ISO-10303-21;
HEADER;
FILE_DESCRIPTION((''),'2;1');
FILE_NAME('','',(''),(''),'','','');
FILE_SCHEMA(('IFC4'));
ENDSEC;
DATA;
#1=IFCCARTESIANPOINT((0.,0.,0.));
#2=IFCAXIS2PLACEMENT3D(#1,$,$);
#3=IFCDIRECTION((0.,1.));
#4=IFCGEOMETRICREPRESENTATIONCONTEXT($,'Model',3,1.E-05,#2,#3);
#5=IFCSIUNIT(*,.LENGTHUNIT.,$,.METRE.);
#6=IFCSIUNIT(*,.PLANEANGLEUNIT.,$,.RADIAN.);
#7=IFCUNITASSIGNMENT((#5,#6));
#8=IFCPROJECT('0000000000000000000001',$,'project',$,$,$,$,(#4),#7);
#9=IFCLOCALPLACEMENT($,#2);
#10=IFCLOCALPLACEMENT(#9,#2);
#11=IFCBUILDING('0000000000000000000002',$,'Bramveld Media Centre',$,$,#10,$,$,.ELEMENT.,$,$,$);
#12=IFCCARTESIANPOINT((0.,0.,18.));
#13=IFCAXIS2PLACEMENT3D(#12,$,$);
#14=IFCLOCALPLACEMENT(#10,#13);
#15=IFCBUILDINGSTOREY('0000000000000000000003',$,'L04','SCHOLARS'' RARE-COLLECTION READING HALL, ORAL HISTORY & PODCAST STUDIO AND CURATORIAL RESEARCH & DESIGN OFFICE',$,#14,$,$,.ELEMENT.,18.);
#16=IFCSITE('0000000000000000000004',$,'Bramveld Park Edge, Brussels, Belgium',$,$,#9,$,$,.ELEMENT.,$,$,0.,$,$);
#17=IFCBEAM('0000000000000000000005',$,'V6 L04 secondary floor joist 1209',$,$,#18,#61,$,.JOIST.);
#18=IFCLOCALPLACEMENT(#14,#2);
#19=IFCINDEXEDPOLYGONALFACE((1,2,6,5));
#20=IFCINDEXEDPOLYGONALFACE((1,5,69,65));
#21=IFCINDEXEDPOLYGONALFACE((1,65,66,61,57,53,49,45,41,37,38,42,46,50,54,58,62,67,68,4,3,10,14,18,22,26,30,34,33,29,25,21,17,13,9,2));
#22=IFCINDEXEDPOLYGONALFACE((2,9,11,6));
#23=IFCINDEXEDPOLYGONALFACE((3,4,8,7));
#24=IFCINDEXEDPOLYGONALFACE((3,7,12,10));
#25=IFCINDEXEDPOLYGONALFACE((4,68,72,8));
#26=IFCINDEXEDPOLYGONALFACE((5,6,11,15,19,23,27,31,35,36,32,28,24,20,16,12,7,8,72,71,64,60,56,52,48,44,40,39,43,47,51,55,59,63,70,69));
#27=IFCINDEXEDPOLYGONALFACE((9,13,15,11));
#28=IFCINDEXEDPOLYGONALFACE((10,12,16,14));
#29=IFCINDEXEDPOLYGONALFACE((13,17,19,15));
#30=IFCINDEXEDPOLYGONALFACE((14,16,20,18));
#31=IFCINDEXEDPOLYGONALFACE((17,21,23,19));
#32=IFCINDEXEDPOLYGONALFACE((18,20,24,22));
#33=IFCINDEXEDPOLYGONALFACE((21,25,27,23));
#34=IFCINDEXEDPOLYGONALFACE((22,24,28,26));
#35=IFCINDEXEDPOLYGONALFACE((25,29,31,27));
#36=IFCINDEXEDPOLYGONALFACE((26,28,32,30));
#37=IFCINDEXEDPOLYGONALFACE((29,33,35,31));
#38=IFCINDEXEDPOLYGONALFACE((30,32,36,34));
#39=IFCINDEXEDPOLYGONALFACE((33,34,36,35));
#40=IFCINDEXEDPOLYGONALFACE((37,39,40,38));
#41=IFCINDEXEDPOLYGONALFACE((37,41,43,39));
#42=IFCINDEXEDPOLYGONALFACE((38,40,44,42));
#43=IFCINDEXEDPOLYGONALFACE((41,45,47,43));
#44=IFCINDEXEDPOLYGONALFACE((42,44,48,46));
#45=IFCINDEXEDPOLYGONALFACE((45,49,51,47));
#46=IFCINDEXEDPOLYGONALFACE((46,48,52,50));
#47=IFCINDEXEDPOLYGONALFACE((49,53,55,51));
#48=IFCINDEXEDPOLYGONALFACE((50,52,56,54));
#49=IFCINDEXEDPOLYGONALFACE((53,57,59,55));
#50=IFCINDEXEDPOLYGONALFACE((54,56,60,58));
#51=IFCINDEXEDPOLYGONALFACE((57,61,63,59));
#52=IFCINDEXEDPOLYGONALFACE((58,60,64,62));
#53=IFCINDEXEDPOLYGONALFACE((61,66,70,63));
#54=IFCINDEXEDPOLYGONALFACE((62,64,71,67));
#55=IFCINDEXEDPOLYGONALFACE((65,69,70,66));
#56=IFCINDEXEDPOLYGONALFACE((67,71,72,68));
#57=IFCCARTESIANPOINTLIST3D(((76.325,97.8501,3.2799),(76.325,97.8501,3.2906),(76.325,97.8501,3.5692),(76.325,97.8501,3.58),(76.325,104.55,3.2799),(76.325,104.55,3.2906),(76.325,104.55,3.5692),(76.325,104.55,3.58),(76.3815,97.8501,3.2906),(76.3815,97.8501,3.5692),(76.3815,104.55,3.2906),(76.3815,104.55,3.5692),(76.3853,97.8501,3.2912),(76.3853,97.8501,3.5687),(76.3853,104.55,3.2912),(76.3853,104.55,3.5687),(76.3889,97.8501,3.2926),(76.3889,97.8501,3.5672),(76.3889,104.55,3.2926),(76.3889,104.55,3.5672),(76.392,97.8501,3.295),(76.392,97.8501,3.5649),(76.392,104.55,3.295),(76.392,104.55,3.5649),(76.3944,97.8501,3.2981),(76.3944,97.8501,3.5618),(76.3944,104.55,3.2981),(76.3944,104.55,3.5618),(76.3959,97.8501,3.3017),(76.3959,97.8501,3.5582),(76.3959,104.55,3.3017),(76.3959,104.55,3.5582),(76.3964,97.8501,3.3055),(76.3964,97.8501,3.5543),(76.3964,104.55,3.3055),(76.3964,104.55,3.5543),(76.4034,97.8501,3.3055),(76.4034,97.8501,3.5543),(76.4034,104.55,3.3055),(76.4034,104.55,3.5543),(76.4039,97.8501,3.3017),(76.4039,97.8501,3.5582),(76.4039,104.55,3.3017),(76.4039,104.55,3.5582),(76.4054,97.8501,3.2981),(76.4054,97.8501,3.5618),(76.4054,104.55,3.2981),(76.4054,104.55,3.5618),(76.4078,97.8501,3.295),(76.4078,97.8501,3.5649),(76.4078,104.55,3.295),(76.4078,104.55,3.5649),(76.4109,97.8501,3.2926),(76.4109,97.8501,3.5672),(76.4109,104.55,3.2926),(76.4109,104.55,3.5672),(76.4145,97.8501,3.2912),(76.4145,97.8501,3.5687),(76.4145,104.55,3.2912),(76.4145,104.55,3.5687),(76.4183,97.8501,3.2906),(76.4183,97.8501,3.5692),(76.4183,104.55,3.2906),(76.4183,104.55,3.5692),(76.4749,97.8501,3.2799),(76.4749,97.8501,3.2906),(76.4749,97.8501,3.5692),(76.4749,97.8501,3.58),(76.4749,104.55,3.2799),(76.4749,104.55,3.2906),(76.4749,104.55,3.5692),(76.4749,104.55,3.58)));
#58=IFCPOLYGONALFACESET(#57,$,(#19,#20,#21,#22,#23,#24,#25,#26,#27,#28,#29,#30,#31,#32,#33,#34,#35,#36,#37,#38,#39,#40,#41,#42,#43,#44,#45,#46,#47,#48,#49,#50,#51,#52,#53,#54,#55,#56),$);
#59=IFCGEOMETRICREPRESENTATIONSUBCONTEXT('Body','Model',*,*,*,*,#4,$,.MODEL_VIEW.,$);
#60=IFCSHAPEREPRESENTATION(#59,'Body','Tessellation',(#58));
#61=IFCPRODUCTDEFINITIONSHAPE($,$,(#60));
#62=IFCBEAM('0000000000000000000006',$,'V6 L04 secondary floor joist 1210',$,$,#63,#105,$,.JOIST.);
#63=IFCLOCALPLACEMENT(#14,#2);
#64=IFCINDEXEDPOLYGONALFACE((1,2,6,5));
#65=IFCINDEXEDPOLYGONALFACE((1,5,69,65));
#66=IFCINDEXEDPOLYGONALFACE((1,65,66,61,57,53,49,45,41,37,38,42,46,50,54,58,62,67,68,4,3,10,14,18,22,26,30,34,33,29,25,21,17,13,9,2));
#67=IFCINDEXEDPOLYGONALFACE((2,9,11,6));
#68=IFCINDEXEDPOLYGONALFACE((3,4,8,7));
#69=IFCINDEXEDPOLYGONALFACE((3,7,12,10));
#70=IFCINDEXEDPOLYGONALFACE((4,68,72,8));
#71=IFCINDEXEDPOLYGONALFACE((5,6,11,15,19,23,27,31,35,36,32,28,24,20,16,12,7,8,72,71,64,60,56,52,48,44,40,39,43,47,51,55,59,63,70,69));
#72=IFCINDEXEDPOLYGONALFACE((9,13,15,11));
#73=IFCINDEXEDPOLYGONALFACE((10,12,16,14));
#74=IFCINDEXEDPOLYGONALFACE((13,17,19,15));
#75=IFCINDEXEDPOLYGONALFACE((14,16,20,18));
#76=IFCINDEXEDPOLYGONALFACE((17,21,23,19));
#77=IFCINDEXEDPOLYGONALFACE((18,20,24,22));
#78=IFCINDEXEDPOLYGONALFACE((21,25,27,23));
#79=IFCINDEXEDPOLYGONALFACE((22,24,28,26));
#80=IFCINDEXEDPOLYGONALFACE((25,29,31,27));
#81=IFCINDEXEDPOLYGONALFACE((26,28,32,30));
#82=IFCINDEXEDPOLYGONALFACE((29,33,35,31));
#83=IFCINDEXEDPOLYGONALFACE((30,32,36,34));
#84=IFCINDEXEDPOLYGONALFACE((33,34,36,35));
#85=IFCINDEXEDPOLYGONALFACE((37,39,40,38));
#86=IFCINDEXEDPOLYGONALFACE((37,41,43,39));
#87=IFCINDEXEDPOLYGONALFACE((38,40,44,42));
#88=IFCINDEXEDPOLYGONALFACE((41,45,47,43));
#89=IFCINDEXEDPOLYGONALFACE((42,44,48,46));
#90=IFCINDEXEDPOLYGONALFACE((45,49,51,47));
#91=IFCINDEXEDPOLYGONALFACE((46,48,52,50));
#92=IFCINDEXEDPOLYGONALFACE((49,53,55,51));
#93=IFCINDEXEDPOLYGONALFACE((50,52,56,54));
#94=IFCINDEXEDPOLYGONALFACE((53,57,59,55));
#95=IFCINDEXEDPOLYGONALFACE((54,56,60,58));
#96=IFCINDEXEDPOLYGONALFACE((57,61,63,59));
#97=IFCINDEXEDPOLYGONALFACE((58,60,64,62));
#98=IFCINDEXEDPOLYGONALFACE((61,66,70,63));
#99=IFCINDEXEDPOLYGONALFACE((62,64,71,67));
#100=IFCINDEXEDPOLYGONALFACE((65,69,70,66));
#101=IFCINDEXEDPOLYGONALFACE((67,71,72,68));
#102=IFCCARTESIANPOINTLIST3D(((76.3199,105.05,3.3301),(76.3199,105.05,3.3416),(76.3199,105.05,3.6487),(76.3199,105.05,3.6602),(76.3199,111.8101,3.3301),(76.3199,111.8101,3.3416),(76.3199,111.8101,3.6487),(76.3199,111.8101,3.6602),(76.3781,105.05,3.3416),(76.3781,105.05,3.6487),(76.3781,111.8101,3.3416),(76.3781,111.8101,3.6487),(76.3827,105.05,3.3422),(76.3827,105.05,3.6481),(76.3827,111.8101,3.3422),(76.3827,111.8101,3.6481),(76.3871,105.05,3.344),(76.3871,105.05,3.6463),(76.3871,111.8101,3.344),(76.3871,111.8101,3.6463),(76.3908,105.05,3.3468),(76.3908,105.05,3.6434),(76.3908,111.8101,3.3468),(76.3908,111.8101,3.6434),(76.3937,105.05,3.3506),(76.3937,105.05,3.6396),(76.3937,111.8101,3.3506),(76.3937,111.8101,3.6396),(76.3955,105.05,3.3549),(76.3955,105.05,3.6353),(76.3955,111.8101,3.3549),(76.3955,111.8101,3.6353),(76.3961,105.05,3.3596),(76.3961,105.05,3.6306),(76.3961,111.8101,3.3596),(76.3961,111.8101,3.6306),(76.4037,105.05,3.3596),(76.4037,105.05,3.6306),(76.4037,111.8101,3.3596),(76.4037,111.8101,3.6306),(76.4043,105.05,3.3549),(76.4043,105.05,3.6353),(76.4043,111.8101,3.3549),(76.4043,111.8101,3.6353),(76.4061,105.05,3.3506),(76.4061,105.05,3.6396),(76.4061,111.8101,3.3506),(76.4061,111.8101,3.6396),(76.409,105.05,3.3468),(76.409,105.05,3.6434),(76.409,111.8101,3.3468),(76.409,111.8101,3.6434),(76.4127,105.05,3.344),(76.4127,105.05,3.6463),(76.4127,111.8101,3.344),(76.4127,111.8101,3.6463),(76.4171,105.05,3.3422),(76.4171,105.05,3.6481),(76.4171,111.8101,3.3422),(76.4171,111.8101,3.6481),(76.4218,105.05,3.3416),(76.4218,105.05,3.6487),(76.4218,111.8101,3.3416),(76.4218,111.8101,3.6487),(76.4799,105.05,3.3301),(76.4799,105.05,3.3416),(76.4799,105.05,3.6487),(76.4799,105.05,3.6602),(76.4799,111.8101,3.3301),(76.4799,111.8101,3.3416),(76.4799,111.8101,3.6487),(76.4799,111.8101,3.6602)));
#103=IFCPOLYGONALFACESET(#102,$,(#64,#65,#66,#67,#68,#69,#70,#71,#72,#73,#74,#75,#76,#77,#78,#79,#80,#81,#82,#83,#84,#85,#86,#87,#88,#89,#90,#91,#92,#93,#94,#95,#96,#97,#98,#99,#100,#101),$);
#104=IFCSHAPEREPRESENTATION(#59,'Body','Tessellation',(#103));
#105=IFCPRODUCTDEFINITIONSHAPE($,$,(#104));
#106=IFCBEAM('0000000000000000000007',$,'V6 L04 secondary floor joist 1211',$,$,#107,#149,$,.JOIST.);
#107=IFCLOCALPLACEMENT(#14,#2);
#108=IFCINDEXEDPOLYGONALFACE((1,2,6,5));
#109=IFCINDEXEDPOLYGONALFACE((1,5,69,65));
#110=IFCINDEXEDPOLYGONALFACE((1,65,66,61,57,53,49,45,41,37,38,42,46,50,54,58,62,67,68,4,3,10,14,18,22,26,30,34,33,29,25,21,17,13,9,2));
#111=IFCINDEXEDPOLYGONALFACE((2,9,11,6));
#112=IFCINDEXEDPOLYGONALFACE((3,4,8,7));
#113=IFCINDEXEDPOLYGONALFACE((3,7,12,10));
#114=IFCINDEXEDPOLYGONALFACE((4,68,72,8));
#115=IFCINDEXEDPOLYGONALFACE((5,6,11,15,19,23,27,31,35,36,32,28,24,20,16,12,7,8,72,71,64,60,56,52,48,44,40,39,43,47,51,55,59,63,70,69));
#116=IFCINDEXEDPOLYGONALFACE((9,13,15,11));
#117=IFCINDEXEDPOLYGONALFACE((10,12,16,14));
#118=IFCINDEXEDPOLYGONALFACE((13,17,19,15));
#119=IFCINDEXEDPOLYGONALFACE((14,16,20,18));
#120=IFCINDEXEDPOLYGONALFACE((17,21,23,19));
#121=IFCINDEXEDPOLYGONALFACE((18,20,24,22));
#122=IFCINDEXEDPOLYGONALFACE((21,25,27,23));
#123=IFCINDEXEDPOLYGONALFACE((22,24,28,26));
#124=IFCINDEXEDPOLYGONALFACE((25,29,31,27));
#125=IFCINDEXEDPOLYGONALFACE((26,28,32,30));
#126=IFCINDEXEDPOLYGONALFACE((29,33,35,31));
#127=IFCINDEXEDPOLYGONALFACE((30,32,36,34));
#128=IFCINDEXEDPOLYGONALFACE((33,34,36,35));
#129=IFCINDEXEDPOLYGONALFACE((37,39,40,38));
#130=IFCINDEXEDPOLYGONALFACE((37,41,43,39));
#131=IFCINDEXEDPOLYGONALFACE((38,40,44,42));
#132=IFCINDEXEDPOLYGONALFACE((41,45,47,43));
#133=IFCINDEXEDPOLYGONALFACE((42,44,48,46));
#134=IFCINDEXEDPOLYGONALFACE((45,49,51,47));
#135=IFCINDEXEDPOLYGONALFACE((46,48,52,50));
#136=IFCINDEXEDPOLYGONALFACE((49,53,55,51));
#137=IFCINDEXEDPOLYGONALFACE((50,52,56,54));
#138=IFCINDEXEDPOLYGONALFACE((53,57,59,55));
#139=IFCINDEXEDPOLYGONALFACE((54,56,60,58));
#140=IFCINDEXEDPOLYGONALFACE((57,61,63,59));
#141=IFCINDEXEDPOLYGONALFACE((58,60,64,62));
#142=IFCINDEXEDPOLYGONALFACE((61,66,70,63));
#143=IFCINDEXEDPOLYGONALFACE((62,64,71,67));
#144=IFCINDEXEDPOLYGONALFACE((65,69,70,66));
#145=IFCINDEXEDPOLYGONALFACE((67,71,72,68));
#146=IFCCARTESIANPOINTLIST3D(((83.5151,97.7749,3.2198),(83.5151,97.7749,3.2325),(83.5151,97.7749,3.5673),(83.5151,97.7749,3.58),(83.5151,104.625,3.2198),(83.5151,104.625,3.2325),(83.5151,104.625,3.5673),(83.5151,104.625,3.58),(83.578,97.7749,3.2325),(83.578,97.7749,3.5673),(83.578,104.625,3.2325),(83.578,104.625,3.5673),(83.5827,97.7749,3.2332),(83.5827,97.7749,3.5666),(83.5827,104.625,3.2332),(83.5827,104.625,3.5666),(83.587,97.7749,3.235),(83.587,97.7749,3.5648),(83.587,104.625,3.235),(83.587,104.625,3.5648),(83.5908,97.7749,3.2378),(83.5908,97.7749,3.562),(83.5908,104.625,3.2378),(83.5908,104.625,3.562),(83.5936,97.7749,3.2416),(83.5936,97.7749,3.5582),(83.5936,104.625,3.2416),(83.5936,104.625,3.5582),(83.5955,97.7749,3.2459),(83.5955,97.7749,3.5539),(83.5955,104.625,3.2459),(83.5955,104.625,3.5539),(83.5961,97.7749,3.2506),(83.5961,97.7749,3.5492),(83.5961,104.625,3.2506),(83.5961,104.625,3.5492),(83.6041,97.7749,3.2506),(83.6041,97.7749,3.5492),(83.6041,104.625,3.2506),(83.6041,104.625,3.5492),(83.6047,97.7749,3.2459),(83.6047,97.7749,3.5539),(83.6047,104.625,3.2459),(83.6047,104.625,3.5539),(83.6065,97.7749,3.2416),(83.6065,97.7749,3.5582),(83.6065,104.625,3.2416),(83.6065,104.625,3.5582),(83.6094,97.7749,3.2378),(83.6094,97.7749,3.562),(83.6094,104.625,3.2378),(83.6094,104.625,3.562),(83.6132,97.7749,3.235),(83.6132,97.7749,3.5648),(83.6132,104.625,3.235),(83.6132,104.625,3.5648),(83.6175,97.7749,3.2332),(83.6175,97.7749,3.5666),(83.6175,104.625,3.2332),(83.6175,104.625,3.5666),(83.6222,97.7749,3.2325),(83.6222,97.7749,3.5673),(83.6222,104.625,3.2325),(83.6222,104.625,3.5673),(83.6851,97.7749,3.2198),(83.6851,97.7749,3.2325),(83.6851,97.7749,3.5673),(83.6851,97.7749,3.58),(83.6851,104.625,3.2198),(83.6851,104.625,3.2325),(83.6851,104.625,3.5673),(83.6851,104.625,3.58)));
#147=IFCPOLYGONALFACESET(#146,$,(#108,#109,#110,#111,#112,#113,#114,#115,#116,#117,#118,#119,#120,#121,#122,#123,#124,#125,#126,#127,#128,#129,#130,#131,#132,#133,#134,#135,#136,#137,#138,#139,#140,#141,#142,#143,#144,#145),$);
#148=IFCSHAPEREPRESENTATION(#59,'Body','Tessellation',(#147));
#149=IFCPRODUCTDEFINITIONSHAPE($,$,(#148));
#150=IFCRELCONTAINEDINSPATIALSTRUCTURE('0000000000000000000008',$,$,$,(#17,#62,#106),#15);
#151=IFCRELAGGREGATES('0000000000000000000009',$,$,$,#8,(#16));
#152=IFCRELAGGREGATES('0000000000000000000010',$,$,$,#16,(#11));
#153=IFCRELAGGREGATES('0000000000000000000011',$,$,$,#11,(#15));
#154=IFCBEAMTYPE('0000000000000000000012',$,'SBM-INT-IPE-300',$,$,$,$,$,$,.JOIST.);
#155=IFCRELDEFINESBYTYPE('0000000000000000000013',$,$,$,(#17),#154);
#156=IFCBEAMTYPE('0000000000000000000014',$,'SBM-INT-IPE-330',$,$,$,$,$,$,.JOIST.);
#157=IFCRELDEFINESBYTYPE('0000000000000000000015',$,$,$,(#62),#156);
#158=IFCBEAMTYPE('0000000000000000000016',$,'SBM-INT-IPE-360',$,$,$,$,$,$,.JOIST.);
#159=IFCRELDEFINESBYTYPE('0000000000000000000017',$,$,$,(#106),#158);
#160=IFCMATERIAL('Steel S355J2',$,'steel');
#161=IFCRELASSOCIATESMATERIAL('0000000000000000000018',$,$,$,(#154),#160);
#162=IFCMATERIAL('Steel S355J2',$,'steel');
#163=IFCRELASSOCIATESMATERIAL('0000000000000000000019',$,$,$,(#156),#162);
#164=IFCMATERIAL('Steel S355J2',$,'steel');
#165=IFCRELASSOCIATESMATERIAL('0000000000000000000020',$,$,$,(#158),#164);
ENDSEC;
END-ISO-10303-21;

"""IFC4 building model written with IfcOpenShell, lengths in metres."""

from ifc_helpers import new_model, si_unit, direction, frame, origin, origin_2d, place, context, subcontext, project, spatial, i_section, extrude, material, material_profile, profile_set, type_object, element, save


model = new_model("IFC4")

# Units and contexts
model_context = context("Model", 3, precision=1e-05, world=origin(), true_north=direction((0.0, 1.0)))
body_context = subcontext(model_context, "Body", "Model", "MODEL_VIEW")
ifc_project = project(units=[si_unit("LENGTHUNIT", "METRE"), si_unit("PLANEANGLEUNIT", "RADIAN")], contexts=[model_context])

# Site, building, storey
site_placement = place(None, origin())
site = spatial("IfcSite", under=ifc_project, at=site_placement, Name="Bramveld Park Edge, Brussels, Belgium", CompositionType="ELEMENT", RefElevation=0.0)
building_placement = place(site_placement, origin())
building = spatial("IfcBuilding", under=site, at=building_placement, Name="Bramveld Media Centre", CompositionType="ELEMENT")
storey_placement = place(building_placement, frame((0.0, 0.0, 18.0)))
storey = spatial("IfcBuildingStorey", under=building, at=storey_placement, Name="L04", Description="SCHOLARS' RARE-COLLECTION READING HALL, ORAL HISTORY & PODCAST STUDIO AND CURATORIAL RESEARCH & DESIGN OFFICE", CompositionType="ELEMENT", Elevation=18.0)

# Beams
ifc_material_1 = material(Name="Steel S355J2", Category="steel")
ifc_material_profile_1 = material_profile(ifc_material_1, i_section(OverallWidth=0.1499, OverallDepth=0.3, WebThickness=0.0071, FlangeThickness=0.0107, FilletRadius=0.0149, at=origin_2d()), Name="IPE 300")
ifc_profile_set_1 = profile_set([ifc_material_profile_1], Name="Steel S355J2")
beam_type_1 = type_object("IfcBeamType", Name="SBM-INT-IPE-300", PredefinedType="JOIST", material=ifc_profile_set_1)
beam_1_placement = place(storey_placement, frame((76.3999, 97.8501, 3.4299), z_axis=(0.0, 1.0, 0.0), x_axis=(-1.0, 0.0, 0.0)))
element("IfcBeam", 1, at=beam_1_placement, inside=storey, type_object=beam_type_1, Name="V6 L04 secondary floor joist 1209", PredefinedType="JOIST", context=body_context, shape_type="SweptSolid", body=[
    extrude(i_section(OverallWidth=0.1499, OverallDepth=0.3, WebThickness=0.0071, FlangeThickness=0.0107, FilletRadius=0.0149, at=origin_2d()), origin(), (0.0, 0.0, 1.0), 6.7),
])
ifc_material_2 = material(Name="Steel S355J2", Category="steel")
ifc_material_profile_2 = material_profile(ifc_material_2, i_section(OverallWidth=0.1599, OverallDepth=0.3301, WebThickness=0.0076, FlangeThickness=0.0115, FilletRadius=0.0181, at=origin_2d()), Name="IPE 330")
ifc_profile_set_2 = profile_set([ifc_material_profile_2], Name="Steel S355J2")
beam_type_2 = type_object("IfcBeamType", Name="SBM-INT-IPE-330", PredefinedType="JOIST", material=ifc_profile_set_2)
beam_2_placement = place(storey_placement, frame((76.3999, 105.05, 3.4951), z_axis=(0.0, 1.0, 0.0), x_axis=(-1.0, 0.0, 0.0)))
element("IfcBeam", 2, at=beam_2_placement, inside=storey, type_object=beam_type_2, Name="V6 L04 secondary floor joist 1210", PredefinedType="JOIST", context=body_context, shape_type="SweptSolid", body=[
    extrude(i_section(OverallWidth=0.1599, OverallDepth=0.3301, WebThickness=0.0076, FlangeThickness=0.0115, FilletRadius=0.0181, at=origin_2d()), origin(), (0.0, 0.0, 1.0), 6.76),
])
ifc_material_3 = material(Name="Steel S355J2", Category="steel")
ifc_material_profile_3 = material_profile(ifc_material_3, i_section(OverallWidth=0.1699, OverallDepth=0.3601, WebThickness=0.0081, FlangeThickness=0.0127, FilletRadius=0.0181, at=origin_2d()), Name="IPE 360")
ifc_profile_set_3 = profile_set([ifc_material_profile_3], Name="Steel S355J2")
beam_type_3 = type_object("IfcBeamType", Name="SBM-INT-IPE-360", PredefinedType="JOIST", material=ifc_profile_set_3)
beam_3_placement = place(storey_placement, frame((83.6001, 97.7749, 3.3999), z_axis=(0.0, 1.0, 0.0), x_axis=(-1.0, 0.0, 0.0)))
element("IfcBeam", 3, at=beam_3_placement, inside=storey, type_object=beam_type_3, Name="V6 L04 secondary floor joist 1211", PredefinedType="JOIST", context=body_context, shape_type="SweptSolid", body=[
    extrude(i_section(OverallWidth=0.1699, OverallDepth=0.3601, WebThickness=0.0081, FlangeThickness=0.0127, FilletRadius=0.0181, at=origin_2d()), origin(), (0.0, 0.0, 1.0), 6.8501),
])

save(model, "model.ifc")
